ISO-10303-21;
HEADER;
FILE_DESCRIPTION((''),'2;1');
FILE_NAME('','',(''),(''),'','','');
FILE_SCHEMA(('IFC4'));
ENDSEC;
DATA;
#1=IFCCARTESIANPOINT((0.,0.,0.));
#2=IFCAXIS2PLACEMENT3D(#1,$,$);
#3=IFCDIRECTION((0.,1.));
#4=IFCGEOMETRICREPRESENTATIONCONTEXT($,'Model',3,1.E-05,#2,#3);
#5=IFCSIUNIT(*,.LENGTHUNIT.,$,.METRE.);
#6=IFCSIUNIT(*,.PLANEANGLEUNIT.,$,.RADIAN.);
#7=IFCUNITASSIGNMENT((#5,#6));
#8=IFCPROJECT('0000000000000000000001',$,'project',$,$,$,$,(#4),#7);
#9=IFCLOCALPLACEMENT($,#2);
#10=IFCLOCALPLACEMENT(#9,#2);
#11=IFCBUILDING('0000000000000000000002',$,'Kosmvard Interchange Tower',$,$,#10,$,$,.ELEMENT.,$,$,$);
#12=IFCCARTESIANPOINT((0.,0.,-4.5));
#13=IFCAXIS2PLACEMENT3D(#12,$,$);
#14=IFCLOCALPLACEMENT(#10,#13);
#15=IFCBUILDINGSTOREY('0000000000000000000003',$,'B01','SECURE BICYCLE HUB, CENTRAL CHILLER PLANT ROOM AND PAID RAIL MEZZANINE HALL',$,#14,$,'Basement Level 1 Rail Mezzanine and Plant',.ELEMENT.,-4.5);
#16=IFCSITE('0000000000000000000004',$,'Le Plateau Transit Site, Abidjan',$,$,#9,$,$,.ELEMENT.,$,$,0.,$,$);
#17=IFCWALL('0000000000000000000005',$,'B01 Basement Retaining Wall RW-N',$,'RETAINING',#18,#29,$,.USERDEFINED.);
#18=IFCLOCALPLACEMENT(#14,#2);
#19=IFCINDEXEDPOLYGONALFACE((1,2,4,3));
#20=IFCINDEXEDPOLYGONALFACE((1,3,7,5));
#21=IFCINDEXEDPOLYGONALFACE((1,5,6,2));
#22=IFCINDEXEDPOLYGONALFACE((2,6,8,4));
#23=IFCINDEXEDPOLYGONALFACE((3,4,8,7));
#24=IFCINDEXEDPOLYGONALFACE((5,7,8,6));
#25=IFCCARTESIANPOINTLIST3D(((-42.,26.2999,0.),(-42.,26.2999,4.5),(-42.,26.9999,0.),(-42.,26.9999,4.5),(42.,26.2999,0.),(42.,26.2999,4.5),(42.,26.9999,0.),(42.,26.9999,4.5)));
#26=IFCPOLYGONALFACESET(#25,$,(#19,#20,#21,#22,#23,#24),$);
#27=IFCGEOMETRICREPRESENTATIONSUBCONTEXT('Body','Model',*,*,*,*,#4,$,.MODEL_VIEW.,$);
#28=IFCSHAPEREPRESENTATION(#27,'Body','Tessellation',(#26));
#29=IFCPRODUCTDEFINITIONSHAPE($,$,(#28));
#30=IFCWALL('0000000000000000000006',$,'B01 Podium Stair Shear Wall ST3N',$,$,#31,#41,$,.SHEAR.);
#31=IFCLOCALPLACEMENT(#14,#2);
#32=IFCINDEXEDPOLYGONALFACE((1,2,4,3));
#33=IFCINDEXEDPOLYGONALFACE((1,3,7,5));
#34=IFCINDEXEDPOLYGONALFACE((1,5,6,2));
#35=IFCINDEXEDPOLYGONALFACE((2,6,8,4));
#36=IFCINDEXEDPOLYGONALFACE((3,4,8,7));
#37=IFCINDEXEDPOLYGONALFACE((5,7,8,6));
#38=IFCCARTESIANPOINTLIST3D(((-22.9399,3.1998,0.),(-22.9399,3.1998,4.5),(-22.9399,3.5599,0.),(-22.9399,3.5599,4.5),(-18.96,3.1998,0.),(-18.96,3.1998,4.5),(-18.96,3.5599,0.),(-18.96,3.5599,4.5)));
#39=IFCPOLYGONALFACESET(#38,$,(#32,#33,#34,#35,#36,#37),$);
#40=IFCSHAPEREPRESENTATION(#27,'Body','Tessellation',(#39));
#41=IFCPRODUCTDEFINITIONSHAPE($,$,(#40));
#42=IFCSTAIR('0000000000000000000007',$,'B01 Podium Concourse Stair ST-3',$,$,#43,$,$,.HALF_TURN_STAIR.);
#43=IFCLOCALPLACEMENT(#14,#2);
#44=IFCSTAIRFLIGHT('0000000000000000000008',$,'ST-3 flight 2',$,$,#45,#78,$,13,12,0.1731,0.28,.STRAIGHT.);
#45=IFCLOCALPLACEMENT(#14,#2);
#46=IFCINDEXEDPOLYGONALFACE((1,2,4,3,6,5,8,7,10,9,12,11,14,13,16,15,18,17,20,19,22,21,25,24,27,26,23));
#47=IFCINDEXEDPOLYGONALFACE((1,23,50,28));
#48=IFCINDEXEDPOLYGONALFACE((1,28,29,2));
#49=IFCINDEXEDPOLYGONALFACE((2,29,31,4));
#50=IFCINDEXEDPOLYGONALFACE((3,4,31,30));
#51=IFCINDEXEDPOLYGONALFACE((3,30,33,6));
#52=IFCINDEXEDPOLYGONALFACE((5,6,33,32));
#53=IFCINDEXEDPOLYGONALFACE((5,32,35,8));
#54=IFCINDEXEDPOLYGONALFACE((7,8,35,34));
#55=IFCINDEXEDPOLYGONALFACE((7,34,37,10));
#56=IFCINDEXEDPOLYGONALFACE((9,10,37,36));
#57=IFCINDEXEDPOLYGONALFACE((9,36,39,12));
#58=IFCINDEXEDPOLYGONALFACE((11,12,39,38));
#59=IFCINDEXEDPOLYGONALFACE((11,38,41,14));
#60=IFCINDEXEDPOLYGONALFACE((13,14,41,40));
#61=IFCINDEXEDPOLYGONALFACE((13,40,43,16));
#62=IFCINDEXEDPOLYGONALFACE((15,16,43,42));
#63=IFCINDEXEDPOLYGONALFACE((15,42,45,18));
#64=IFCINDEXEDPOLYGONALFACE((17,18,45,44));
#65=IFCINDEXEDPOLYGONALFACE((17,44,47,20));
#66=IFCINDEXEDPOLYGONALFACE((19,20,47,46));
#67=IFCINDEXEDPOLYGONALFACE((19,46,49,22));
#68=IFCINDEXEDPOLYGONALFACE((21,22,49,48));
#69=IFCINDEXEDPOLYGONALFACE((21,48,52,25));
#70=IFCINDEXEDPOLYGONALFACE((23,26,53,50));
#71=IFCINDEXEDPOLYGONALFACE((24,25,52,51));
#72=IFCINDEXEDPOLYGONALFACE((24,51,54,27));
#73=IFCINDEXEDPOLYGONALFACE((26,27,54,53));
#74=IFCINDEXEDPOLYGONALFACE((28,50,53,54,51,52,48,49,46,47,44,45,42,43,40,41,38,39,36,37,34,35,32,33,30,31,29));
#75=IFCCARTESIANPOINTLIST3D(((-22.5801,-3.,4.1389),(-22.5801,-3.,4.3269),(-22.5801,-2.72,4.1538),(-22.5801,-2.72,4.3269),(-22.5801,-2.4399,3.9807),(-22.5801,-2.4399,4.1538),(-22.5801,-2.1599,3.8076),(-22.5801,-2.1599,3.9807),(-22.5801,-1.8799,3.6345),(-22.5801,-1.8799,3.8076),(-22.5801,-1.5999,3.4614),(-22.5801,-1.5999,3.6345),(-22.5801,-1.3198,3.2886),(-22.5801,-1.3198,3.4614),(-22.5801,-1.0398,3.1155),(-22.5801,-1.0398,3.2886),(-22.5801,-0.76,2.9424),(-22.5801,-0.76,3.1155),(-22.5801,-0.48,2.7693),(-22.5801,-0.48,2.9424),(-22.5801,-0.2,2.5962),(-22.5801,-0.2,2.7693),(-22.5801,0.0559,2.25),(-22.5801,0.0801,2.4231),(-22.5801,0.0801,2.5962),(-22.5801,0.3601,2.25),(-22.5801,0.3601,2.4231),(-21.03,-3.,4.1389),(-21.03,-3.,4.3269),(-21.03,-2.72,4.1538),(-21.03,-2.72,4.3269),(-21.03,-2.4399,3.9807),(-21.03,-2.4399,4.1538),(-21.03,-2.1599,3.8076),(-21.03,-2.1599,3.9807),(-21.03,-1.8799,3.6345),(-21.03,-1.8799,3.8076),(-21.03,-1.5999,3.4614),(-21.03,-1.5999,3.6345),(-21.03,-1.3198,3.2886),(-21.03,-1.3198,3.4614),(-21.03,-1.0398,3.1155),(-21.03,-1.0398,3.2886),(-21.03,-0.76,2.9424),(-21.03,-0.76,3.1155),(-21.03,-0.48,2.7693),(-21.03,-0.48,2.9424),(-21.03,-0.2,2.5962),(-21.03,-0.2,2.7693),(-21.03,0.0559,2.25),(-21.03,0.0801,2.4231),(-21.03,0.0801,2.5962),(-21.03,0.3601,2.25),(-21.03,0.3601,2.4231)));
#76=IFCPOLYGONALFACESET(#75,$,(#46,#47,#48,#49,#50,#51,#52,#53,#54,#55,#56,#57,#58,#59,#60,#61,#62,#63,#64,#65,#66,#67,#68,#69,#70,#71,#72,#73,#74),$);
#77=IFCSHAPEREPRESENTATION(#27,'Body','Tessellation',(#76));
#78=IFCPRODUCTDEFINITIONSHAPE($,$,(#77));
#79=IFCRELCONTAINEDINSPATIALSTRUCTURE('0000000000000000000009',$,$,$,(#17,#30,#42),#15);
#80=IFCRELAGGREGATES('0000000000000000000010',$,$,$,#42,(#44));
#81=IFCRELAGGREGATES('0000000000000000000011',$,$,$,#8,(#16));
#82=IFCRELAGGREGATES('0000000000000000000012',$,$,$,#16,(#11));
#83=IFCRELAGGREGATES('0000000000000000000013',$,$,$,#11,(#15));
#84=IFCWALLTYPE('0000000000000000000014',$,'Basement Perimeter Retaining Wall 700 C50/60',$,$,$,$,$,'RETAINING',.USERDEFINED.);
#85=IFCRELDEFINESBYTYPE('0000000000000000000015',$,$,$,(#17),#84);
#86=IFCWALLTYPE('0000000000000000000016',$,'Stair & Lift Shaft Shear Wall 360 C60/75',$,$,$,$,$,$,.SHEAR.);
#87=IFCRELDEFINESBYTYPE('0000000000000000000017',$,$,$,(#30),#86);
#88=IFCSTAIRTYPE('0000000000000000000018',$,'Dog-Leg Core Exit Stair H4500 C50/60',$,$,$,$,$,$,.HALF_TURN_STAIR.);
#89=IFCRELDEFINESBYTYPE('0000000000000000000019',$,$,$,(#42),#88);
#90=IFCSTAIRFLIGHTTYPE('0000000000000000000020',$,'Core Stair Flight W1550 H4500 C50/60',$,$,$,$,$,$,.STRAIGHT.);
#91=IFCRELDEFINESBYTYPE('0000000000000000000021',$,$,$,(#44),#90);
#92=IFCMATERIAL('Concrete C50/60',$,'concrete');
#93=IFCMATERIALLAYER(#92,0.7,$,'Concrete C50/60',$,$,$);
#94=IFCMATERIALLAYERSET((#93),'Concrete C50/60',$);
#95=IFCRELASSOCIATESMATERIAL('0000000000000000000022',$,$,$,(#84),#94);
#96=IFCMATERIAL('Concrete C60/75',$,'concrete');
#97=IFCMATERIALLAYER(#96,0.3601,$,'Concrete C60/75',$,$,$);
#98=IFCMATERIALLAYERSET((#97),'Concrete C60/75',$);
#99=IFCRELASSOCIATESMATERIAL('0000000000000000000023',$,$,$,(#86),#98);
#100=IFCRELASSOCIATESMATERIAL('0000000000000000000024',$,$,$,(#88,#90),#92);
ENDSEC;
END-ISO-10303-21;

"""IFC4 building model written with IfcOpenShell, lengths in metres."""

from ifc_helpers import new_model, si_unit, direction, frame, frame_2d, origin, place, context, subcontext, project, spatial, polyline, rectangle, outline, extrude, source, transform, mapped, material, layer, layer_set, type_object, element, aggregate, save


model = new_model("IFC4")

# Units and contexts
model_context = context("Model", 3, precision=1e-05, world=origin(), true_north=direction((0.0, 1.0)))
body_context = subcontext(model_context, "Body", "Model", "MODEL_VIEW")
ifc_project = project(units=[si_unit("LENGTHUNIT", "METRE"), si_unit("PLANEANGLEUNIT", "RADIAN")], contexts=[model_context])

# Site, building, storey
site_placement = place(None, origin())
site = spatial("IfcSite", under=ifc_project, at=site_placement, Name="Le Plateau Transit Site, Abidjan", CompositionType="ELEMENT", RefElevation=0.0)
building_placement = place(site_placement, origin())
building = spatial("IfcBuilding", under=site, at=building_placement, Name="Kosmvard Interchange Tower", CompositionType="ELEMENT")
storey_placement = place(building_placement, frame((0.0, 0.0, -4.5)))
storey = spatial("IfcBuildingStorey", under=building, at=storey_placement, Name="B01", Description="SECURE BICYCLE HUB, CENTRAL CHILLER PLANT ROOM AND PAID RAIL MEZZANINE HALL", LongName="Basement Level 1 Rail Mezzanine and Plant", CompositionType="ELEMENT", Elevation=-4.5)

# Shared definitions
ifc_material_1 = material(Name="Concrete C60/75", Category="concrete")

# Shared definitions
ifc_material_2 = material(Name="Concrete C50/60", Category="concrete")

# Walls
ifc_layer_1 = layer(ifc_material_2, 0.7, Name="Concrete C50/60")
ifc_layer_set_1 = layer_set([ifc_layer_1], Name="Concrete C50/60")
wall_type_1 = type_object("IfcWallType", Name="Basement Perimeter Retaining Wall 700 C50/60", ElementType="RETAINING", PredefinedType="USERDEFINED", material=ifc_layer_set_1)
wall_1_placement = place(storey_placement, frame((-42.0, 26.6499, 0.0), z_axis=(0.0, 0.0, 1.0), x_axis=(1.0, 0.0, 0.0)))
element("IfcWall", 1, at=wall_1_placement, inside=storey, type_object=wall_type_1, Name="B01 Basement Retaining Wall RW-N", ObjectType="RETAINING", PredefinedType="USERDEFINED", context=body_context, shape_type="SweptSolid", body=[
    extrude(rectangle(XDim=84.0, YDim=0.7, at=frame_2d((42.0, 0.0))), origin(), (0.0, 0.0, 1.0), 4.5),
])
ifc_layer_2 = layer(ifc_material_1, 0.3601, Name="Concrete C60/75")
ifc_layer_set_2 = layer_set([ifc_layer_2], Name="Concrete C60/75")
wall_type_2 = type_object("IfcWallType", Name="Stair & Lift Shaft Shear Wall 360 C60/75", PredefinedType="SHEAR", material=ifc_layer_set_2)
wall_2_placement = place(storey_placement, frame((-22.9399, 3.3799, 0.0), z_axis=(0.0, 0.0, 1.0), x_axis=(1.0, 0.0, 0.0)))
element("IfcWall", 2, at=wall_2_placement, inside=storey, type_object=wall_type_2, Name="B01 Podium Stair Shear Wall ST3N", PredefinedType="SHEAR", context=body_context, shape_type="SweptSolid", body=[
    extrude(rectangle(XDim=3.98, YDim=0.3601, at=frame_2d((1.99, 0.0))), origin(), (0.0, 0.0, 1.0), 4.5),
])

# Stair, stair flight
stair_type = type_object("IfcStairType", Name="Dog-Leg Core Exit Stair H4500 C50/60", PredefinedType="HALF_TURN_STAIR", material=ifc_material_2)
stair_placement = place(storey_placement, origin())
stair = element("IfcStair", 3, at=stair_placement, inside=storey, type_object=stair_type, Name="B01 Podium Concourse Stair ST-3", PredefinedType="HALF_TURN_STAIR")
stair_flight_type = type_object("IfcStairFlightType", Name="Core Stair Flight W1550 H4500 C50/60", PredefinedType="STRAIGHT", material=ifc_material_2)
shared_shape_1 = source(origin(), body_context, "Body", "SweptSolid", [
    extrude(outline(polyline([(0.0, 0.0), (0.0, 0.1731), (0.28, 0.1731), (0.28, 0.3462), (0.5601, 0.3462), (0.5601, 0.5193), (0.8401, 0.5193), (0.8401, 0.6924), (1.1201, 0.6924), (1.1201, 0.8655), (1.3999, 0.8655), (1.3999, 1.0386), (1.6799, 1.0386), (1.6799, 1.2114), (1.96, 1.2114), (1.96, 1.3845), (2.24, 1.3845), (2.24, 1.5576), (2.52, 1.5576), (2.52, 1.7307), (2.8, 1.7307), (2.8, 1.9038), (3.0801, 1.9038), (3.0801, 2.0769), (3.3601, 2.0769), (3.3601, 2.25), (3.3601, 1.8889), (0.3042, 0.0), (0.0, 0.0)])), frame((0.0, 0.7749, 0.0), z_axis=(0.0, -1.0, 0.0), x_axis=(1.0, 0.0, 0.0)), (0.0, 0.0, 1.0), 1.55),
])
stair_flight_placement = place(storey_placement, frame((-21.8049, 0.3601, 2.25), z_axis=(0.0, 0.0, 1.0), x_axis=(0.0, -1.0, 0.0)))
stair_flight = element("IfcStairFlight", 4, at=stair_flight_placement, type_object=stair_flight_type, Name="ST-3 flight 2", NumberOfRisers=13, NumberOfTreads=12, PredefinedType="STRAIGHT", RiserHeight=0.1731, TreadLength=0.28, context=body_context, shape_type="MappedRepresentation", body=[
    mapped(shared_shape_1, transform((0.0, 0.0, 0.0), scale=1.0)),
])
aggregate(stair, [stair_flight])

save(model, "model.ifc")
